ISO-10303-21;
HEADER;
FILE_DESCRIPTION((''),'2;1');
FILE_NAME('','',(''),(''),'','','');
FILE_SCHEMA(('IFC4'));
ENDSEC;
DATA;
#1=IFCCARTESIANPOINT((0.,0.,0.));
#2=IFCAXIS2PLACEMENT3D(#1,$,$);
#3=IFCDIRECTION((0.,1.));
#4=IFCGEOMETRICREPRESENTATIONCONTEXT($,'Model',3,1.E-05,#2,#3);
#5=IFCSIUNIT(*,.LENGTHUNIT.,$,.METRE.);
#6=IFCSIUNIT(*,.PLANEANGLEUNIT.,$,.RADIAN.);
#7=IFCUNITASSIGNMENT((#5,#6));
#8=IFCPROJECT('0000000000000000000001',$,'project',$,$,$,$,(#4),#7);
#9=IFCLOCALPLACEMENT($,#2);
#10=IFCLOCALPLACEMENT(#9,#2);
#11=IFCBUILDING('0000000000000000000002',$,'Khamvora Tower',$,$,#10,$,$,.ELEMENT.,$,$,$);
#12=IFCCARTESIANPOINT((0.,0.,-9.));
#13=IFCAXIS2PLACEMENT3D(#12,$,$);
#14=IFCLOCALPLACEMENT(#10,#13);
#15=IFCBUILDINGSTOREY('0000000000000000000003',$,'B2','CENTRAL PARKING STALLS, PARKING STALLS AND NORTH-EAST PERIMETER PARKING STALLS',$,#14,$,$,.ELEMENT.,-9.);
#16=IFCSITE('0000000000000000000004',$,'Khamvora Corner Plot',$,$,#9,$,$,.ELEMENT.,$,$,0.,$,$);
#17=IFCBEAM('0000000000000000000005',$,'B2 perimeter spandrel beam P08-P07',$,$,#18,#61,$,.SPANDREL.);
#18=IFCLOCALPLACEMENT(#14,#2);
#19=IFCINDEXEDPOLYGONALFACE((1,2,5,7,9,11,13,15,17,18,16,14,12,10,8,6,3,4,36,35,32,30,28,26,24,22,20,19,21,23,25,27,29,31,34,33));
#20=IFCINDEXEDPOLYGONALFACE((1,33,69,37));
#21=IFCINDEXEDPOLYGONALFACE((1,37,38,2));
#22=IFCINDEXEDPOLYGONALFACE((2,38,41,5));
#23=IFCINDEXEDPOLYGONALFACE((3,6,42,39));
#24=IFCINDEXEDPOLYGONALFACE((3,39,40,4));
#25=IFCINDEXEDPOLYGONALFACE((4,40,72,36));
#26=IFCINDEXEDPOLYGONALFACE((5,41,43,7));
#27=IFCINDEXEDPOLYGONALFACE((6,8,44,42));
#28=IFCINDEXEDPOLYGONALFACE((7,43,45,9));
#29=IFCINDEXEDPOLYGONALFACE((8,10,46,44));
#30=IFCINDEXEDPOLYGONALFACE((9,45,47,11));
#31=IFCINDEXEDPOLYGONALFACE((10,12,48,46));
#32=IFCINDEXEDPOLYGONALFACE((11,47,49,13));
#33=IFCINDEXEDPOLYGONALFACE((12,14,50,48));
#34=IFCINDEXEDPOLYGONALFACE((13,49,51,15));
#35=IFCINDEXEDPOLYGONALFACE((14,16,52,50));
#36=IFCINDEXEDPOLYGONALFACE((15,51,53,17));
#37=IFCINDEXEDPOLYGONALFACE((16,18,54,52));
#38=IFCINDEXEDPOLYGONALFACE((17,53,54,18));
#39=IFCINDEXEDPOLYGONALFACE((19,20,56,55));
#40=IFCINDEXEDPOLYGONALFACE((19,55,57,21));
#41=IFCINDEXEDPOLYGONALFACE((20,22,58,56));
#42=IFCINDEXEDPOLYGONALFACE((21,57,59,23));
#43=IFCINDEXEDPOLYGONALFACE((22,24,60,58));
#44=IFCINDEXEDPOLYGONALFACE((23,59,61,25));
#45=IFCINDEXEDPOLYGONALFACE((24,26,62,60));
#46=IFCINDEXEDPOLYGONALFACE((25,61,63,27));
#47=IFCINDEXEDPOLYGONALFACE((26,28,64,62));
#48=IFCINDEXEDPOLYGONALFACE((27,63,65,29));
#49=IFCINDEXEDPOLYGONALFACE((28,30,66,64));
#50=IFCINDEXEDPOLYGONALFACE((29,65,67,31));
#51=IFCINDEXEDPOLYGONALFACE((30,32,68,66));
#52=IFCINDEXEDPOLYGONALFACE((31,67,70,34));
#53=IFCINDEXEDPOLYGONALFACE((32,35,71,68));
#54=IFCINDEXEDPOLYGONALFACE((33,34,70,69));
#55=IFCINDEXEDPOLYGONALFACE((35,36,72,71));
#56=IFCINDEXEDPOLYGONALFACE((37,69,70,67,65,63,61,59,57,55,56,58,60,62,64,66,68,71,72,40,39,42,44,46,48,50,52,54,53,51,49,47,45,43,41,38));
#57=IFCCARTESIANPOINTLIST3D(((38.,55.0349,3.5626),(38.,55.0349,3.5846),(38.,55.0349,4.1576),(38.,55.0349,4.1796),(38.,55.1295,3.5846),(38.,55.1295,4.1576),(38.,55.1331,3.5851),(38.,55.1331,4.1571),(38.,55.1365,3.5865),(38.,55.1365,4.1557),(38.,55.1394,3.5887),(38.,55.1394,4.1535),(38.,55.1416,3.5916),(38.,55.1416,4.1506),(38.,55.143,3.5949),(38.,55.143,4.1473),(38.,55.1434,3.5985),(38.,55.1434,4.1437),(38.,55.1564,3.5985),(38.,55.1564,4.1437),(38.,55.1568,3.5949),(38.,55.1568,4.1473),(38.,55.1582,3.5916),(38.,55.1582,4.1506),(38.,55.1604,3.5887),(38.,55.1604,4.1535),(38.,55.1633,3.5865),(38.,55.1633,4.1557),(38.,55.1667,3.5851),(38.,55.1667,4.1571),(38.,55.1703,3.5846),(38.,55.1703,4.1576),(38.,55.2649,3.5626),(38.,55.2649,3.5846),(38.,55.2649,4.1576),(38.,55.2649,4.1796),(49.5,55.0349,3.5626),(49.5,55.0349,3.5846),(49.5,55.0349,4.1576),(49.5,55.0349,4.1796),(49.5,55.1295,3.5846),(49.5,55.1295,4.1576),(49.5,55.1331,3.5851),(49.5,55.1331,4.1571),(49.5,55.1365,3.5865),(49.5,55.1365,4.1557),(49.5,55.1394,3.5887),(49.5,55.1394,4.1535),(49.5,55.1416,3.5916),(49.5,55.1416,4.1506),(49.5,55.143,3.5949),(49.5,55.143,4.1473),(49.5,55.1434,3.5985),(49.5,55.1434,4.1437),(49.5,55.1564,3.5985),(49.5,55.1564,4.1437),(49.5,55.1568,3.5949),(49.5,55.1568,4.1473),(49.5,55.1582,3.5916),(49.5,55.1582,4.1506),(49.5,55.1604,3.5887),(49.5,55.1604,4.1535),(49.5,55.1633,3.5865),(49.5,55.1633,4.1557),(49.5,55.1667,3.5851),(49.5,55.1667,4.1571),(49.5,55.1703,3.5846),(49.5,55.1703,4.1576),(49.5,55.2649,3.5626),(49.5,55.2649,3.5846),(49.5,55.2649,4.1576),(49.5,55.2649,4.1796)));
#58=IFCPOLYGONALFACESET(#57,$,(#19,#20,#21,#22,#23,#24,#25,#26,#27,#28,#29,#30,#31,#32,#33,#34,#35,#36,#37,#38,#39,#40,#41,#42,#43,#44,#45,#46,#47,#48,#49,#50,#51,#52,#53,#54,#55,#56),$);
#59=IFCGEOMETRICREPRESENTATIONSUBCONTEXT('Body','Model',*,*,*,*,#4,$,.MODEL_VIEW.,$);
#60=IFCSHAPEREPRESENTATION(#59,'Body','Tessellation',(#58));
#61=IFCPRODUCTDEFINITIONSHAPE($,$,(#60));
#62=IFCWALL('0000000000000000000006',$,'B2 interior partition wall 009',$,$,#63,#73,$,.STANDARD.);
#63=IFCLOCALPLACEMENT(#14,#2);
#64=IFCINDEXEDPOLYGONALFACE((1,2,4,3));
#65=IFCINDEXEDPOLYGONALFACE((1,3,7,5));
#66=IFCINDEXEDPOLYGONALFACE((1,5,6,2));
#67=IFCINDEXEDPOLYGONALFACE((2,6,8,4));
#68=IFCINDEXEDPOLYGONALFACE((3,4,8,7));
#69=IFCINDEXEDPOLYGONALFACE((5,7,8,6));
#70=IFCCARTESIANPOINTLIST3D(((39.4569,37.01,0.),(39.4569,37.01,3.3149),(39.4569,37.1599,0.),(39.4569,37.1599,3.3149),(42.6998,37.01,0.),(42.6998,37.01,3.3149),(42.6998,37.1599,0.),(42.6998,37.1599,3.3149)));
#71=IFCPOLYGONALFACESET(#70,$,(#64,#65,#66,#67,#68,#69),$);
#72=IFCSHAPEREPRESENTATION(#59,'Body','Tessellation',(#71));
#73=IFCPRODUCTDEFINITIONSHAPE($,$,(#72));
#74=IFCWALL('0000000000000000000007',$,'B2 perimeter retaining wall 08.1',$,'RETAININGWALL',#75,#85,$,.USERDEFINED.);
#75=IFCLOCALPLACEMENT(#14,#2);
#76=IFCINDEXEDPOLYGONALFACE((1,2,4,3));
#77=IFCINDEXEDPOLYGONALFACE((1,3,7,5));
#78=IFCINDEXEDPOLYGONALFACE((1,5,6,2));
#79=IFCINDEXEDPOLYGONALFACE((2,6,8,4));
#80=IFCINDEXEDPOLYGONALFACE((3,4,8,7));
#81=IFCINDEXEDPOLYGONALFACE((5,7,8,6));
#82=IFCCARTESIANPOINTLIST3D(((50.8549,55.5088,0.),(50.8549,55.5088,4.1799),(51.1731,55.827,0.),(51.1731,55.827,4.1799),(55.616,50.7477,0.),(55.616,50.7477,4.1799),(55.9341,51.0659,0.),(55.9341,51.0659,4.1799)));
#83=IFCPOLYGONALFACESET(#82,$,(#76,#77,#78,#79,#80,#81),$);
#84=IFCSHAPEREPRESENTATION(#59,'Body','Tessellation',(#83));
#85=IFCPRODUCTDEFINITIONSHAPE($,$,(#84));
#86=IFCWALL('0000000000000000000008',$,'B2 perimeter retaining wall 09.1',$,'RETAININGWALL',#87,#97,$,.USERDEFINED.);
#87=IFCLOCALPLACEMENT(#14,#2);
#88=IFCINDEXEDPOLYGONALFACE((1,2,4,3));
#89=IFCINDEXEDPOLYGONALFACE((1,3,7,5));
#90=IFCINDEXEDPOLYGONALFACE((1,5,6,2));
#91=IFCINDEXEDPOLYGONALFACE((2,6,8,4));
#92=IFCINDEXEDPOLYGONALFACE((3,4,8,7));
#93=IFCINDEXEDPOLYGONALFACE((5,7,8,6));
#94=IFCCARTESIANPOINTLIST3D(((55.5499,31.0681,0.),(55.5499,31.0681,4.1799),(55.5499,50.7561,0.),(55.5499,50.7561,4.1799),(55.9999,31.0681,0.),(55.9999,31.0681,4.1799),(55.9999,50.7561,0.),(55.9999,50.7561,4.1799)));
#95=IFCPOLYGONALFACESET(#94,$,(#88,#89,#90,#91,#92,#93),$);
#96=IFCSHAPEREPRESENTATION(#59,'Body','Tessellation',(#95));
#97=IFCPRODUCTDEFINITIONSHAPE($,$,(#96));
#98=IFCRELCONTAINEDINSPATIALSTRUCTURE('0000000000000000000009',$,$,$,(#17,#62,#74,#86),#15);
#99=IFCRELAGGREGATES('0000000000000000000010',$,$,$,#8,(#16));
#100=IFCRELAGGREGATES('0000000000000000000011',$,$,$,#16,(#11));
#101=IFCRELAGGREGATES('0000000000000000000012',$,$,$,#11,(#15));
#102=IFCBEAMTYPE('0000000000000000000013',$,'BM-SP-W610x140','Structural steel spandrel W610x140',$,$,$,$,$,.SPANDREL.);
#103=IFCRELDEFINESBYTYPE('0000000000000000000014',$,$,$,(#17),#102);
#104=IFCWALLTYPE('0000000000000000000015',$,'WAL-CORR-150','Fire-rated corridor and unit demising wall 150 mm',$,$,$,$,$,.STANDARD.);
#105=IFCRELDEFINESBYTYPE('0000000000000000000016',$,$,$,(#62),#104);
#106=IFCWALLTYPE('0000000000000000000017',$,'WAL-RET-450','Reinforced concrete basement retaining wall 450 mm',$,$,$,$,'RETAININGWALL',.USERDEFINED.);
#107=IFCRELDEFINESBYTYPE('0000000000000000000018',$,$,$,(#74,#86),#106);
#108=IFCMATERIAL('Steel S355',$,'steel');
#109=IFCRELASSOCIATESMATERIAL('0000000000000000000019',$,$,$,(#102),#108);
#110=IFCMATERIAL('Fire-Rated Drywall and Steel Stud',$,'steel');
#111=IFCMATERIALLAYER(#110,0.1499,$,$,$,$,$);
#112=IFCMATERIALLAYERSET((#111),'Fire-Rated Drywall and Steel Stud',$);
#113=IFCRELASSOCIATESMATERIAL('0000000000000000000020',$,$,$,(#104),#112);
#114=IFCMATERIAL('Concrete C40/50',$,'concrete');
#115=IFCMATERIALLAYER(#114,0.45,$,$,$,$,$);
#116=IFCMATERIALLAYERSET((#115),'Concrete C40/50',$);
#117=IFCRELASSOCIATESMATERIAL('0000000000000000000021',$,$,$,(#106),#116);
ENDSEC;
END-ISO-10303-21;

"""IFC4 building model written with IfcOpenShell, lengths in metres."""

from ifc_helpers import new_model, si_unit, direction, frame, frame_2d, origin, origin_2d, place, context, subcontext, project, spatial, rectangle, i_section, extrude, material, layer, layer_set, material_profile, profile_set, type_object, element, save


model = new_model("IFC4")

# Units and contexts
model_context = context("Model", 3, precision=1e-05, world=origin(), true_north=direction((0.0, 1.0)))
body_context = subcontext(model_context, "Body", "Model", "MODEL_VIEW")
ifc_project = project(units=[si_unit("LENGTHUNIT", "METRE"), si_unit("PLANEANGLEUNIT", "RADIAN")], contexts=[model_context])

# Site, building, storey
site_placement = place(None, origin())
site = spatial("IfcSite", under=ifc_project, at=site_placement, Name="Khamvora Corner Plot", CompositionType="ELEMENT", RefElevation=0.0)
building_placement = place(site_placement, origin())
building = spatial("IfcBuilding", under=site, at=building_placement, Name="Khamvora Tower", CompositionType="ELEMENT")
storey_placement = place(building_placement, frame((0.0, 0.0, -9.0)))
storey = spatial("IfcBuildingStorey", under=building, at=storey_placement, Name="B2", Description="CENTRAL PARKING STALLS, PARKING STALLS AND NORTH-EAST PERIMETER PARKING STALLS", CompositionType="ELEMENT", Elevation=-9.0)

# Shared definitions
ifc_material_1 = material(Name="Concrete C40/50", Category="concrete")

# Beam
ifc_material_2 = material(Name="Steel S355", Category="steel")
ifc_material_profile_1 = material_profile(ifc_material_2, i_section(OverallWidth=0.23, OverallDepth=0.6169, WebThickness=0.0129, FlangeThickness=0.022, FilletRadius=0.0139, at=origin_2d()), Name="W610x140")
ifc_profile_set_1 = profile_set([ifc_material_profile_1], Name="Steel S355")
beam_type_1 = type_object("IfcBeamType", Name="BM-SP-W610x140", Description="Structural steel spandrel W610x140", PredefinedType="SPANDREL", material=ifc_profile_set_1)
beam_1_placement = place(storey_placement, frame((49.5, 55.1499, 3.8711), z_axis=(-1.0, 0.0, 0.0), x_axis=(0.0, -1.0, 0.0)))
element("IfcBeam", 1, at=beam_1_placement, inside=storey, type_object=beam_type_1, Name="B2 perimeter spandrel beam P08-P07", PredefinedType="SPANDREL", context=body_context, shape_type="SweptSolid", body=[
    extrude(i_section(OverallWidth=0.23, OverallDepth=0.6169, WebThickness=0.0129, FlangeThickness=0.022, FilletRadius=0.0139, at=origin_2d()), origin(), (0.0, 0.0, 1.0), 11.5),
])

# Walls
ifc_material_3 = material(Name="Fire-Rated Drywall and Steel Stud", Category="steel")
ifc_layer_1 = layer(ifc_material_3, 0.1499)
ifc_layer_set_1 = layer_set([ifc_layer_1], Name="Fire-Rated Drywall and Steel Stud")
wall_type_1 = type_object("IfcWallType", Name="WAL-CORR-150", Description="Fire-rated corridor and unit demising wall 150 mm", PredefinedType="STANDARD", material=ifc_layer_set_1)
wall_1_placement = place(storey_placement, frame((42.7, 37.085, 0.0), z_axis=(0.0, 0.0, 1.0), x_axis=(-1.0, 0.0, 0.0)))
element("IfcWall", 2, at=wall_1_placement, inside=storey, type_object=wall_type_1, Name="B2 interior partition wall 009", PredefinedType="STANDARD", context=body_context, shape_type="SweptSolid", body=[
    extrude(rectangle(XDim=3.2429, YDim=0.1499, at=frame_2d((1.6216, 0.0))), origin(), (0.0, 0.0, 1.0), 3.3149),
])
ifc_layer_2 = layer(ifc_material_1, 0.45)
ifc_layer_set_2 = layer_set([ifc_layer_2], Name="Concrete C40/50")
wall_type_2 = type_object("IfcWallType", Name="WAL-RET-450", Description="Reinforced concrete basement retaining wall 450 mm", ElementType="RETAININGWALL", PredefinedType="USERDEFINED", material=ifc_layer_set_2)
wall_2_placement = place(storey_placement, frame((51.0139, 55.668, 0.0), z_axis=(0.0, 0.0, 1.0), x_axis=(0.707107, -0.707107, 0.0)))
element("IfcWall", 3, at=wall_2_placement, inside=storey, type_object=wall_type_2, Name="B2 perimeter retaining wall 08.1", ObjectType="RETAININGWALL", PredefinedType="USERDEFINED", context=body_context, shape_type="SweptSolid", body=[
    extrude(rectangle(XDim=6.7332, YDim=0.45, at=frame_2d((3.3667, 0.0))), origin(), (0.0, 0.0, 1.0), 4.1799),
])
wall_3_placement = place(storey_placement, frame((55.7749, 50.7561, 0.0), z_axis=(0.0, 0.0, 1.0), x_axis=(0.0, -1.0, 0.0)))
element("IfcWall", 4, at=wall_3_placement, inside=storey, type_object=wall_type_2, Name="B2 perimeter retaining wall 09.1", ObjectType="RETAININGWALL", PredefinedType="USERDEFINED", context=body_context, shape_type="SweptSolid", body=[
    extrude(rectangle(XDim=19.688, YDim=0.45, at=frame_2d((9.844, 0.0))), origin(), (0.0, 0.0, 1.0), 4.1799),
])

save(model, "model.ifc")
